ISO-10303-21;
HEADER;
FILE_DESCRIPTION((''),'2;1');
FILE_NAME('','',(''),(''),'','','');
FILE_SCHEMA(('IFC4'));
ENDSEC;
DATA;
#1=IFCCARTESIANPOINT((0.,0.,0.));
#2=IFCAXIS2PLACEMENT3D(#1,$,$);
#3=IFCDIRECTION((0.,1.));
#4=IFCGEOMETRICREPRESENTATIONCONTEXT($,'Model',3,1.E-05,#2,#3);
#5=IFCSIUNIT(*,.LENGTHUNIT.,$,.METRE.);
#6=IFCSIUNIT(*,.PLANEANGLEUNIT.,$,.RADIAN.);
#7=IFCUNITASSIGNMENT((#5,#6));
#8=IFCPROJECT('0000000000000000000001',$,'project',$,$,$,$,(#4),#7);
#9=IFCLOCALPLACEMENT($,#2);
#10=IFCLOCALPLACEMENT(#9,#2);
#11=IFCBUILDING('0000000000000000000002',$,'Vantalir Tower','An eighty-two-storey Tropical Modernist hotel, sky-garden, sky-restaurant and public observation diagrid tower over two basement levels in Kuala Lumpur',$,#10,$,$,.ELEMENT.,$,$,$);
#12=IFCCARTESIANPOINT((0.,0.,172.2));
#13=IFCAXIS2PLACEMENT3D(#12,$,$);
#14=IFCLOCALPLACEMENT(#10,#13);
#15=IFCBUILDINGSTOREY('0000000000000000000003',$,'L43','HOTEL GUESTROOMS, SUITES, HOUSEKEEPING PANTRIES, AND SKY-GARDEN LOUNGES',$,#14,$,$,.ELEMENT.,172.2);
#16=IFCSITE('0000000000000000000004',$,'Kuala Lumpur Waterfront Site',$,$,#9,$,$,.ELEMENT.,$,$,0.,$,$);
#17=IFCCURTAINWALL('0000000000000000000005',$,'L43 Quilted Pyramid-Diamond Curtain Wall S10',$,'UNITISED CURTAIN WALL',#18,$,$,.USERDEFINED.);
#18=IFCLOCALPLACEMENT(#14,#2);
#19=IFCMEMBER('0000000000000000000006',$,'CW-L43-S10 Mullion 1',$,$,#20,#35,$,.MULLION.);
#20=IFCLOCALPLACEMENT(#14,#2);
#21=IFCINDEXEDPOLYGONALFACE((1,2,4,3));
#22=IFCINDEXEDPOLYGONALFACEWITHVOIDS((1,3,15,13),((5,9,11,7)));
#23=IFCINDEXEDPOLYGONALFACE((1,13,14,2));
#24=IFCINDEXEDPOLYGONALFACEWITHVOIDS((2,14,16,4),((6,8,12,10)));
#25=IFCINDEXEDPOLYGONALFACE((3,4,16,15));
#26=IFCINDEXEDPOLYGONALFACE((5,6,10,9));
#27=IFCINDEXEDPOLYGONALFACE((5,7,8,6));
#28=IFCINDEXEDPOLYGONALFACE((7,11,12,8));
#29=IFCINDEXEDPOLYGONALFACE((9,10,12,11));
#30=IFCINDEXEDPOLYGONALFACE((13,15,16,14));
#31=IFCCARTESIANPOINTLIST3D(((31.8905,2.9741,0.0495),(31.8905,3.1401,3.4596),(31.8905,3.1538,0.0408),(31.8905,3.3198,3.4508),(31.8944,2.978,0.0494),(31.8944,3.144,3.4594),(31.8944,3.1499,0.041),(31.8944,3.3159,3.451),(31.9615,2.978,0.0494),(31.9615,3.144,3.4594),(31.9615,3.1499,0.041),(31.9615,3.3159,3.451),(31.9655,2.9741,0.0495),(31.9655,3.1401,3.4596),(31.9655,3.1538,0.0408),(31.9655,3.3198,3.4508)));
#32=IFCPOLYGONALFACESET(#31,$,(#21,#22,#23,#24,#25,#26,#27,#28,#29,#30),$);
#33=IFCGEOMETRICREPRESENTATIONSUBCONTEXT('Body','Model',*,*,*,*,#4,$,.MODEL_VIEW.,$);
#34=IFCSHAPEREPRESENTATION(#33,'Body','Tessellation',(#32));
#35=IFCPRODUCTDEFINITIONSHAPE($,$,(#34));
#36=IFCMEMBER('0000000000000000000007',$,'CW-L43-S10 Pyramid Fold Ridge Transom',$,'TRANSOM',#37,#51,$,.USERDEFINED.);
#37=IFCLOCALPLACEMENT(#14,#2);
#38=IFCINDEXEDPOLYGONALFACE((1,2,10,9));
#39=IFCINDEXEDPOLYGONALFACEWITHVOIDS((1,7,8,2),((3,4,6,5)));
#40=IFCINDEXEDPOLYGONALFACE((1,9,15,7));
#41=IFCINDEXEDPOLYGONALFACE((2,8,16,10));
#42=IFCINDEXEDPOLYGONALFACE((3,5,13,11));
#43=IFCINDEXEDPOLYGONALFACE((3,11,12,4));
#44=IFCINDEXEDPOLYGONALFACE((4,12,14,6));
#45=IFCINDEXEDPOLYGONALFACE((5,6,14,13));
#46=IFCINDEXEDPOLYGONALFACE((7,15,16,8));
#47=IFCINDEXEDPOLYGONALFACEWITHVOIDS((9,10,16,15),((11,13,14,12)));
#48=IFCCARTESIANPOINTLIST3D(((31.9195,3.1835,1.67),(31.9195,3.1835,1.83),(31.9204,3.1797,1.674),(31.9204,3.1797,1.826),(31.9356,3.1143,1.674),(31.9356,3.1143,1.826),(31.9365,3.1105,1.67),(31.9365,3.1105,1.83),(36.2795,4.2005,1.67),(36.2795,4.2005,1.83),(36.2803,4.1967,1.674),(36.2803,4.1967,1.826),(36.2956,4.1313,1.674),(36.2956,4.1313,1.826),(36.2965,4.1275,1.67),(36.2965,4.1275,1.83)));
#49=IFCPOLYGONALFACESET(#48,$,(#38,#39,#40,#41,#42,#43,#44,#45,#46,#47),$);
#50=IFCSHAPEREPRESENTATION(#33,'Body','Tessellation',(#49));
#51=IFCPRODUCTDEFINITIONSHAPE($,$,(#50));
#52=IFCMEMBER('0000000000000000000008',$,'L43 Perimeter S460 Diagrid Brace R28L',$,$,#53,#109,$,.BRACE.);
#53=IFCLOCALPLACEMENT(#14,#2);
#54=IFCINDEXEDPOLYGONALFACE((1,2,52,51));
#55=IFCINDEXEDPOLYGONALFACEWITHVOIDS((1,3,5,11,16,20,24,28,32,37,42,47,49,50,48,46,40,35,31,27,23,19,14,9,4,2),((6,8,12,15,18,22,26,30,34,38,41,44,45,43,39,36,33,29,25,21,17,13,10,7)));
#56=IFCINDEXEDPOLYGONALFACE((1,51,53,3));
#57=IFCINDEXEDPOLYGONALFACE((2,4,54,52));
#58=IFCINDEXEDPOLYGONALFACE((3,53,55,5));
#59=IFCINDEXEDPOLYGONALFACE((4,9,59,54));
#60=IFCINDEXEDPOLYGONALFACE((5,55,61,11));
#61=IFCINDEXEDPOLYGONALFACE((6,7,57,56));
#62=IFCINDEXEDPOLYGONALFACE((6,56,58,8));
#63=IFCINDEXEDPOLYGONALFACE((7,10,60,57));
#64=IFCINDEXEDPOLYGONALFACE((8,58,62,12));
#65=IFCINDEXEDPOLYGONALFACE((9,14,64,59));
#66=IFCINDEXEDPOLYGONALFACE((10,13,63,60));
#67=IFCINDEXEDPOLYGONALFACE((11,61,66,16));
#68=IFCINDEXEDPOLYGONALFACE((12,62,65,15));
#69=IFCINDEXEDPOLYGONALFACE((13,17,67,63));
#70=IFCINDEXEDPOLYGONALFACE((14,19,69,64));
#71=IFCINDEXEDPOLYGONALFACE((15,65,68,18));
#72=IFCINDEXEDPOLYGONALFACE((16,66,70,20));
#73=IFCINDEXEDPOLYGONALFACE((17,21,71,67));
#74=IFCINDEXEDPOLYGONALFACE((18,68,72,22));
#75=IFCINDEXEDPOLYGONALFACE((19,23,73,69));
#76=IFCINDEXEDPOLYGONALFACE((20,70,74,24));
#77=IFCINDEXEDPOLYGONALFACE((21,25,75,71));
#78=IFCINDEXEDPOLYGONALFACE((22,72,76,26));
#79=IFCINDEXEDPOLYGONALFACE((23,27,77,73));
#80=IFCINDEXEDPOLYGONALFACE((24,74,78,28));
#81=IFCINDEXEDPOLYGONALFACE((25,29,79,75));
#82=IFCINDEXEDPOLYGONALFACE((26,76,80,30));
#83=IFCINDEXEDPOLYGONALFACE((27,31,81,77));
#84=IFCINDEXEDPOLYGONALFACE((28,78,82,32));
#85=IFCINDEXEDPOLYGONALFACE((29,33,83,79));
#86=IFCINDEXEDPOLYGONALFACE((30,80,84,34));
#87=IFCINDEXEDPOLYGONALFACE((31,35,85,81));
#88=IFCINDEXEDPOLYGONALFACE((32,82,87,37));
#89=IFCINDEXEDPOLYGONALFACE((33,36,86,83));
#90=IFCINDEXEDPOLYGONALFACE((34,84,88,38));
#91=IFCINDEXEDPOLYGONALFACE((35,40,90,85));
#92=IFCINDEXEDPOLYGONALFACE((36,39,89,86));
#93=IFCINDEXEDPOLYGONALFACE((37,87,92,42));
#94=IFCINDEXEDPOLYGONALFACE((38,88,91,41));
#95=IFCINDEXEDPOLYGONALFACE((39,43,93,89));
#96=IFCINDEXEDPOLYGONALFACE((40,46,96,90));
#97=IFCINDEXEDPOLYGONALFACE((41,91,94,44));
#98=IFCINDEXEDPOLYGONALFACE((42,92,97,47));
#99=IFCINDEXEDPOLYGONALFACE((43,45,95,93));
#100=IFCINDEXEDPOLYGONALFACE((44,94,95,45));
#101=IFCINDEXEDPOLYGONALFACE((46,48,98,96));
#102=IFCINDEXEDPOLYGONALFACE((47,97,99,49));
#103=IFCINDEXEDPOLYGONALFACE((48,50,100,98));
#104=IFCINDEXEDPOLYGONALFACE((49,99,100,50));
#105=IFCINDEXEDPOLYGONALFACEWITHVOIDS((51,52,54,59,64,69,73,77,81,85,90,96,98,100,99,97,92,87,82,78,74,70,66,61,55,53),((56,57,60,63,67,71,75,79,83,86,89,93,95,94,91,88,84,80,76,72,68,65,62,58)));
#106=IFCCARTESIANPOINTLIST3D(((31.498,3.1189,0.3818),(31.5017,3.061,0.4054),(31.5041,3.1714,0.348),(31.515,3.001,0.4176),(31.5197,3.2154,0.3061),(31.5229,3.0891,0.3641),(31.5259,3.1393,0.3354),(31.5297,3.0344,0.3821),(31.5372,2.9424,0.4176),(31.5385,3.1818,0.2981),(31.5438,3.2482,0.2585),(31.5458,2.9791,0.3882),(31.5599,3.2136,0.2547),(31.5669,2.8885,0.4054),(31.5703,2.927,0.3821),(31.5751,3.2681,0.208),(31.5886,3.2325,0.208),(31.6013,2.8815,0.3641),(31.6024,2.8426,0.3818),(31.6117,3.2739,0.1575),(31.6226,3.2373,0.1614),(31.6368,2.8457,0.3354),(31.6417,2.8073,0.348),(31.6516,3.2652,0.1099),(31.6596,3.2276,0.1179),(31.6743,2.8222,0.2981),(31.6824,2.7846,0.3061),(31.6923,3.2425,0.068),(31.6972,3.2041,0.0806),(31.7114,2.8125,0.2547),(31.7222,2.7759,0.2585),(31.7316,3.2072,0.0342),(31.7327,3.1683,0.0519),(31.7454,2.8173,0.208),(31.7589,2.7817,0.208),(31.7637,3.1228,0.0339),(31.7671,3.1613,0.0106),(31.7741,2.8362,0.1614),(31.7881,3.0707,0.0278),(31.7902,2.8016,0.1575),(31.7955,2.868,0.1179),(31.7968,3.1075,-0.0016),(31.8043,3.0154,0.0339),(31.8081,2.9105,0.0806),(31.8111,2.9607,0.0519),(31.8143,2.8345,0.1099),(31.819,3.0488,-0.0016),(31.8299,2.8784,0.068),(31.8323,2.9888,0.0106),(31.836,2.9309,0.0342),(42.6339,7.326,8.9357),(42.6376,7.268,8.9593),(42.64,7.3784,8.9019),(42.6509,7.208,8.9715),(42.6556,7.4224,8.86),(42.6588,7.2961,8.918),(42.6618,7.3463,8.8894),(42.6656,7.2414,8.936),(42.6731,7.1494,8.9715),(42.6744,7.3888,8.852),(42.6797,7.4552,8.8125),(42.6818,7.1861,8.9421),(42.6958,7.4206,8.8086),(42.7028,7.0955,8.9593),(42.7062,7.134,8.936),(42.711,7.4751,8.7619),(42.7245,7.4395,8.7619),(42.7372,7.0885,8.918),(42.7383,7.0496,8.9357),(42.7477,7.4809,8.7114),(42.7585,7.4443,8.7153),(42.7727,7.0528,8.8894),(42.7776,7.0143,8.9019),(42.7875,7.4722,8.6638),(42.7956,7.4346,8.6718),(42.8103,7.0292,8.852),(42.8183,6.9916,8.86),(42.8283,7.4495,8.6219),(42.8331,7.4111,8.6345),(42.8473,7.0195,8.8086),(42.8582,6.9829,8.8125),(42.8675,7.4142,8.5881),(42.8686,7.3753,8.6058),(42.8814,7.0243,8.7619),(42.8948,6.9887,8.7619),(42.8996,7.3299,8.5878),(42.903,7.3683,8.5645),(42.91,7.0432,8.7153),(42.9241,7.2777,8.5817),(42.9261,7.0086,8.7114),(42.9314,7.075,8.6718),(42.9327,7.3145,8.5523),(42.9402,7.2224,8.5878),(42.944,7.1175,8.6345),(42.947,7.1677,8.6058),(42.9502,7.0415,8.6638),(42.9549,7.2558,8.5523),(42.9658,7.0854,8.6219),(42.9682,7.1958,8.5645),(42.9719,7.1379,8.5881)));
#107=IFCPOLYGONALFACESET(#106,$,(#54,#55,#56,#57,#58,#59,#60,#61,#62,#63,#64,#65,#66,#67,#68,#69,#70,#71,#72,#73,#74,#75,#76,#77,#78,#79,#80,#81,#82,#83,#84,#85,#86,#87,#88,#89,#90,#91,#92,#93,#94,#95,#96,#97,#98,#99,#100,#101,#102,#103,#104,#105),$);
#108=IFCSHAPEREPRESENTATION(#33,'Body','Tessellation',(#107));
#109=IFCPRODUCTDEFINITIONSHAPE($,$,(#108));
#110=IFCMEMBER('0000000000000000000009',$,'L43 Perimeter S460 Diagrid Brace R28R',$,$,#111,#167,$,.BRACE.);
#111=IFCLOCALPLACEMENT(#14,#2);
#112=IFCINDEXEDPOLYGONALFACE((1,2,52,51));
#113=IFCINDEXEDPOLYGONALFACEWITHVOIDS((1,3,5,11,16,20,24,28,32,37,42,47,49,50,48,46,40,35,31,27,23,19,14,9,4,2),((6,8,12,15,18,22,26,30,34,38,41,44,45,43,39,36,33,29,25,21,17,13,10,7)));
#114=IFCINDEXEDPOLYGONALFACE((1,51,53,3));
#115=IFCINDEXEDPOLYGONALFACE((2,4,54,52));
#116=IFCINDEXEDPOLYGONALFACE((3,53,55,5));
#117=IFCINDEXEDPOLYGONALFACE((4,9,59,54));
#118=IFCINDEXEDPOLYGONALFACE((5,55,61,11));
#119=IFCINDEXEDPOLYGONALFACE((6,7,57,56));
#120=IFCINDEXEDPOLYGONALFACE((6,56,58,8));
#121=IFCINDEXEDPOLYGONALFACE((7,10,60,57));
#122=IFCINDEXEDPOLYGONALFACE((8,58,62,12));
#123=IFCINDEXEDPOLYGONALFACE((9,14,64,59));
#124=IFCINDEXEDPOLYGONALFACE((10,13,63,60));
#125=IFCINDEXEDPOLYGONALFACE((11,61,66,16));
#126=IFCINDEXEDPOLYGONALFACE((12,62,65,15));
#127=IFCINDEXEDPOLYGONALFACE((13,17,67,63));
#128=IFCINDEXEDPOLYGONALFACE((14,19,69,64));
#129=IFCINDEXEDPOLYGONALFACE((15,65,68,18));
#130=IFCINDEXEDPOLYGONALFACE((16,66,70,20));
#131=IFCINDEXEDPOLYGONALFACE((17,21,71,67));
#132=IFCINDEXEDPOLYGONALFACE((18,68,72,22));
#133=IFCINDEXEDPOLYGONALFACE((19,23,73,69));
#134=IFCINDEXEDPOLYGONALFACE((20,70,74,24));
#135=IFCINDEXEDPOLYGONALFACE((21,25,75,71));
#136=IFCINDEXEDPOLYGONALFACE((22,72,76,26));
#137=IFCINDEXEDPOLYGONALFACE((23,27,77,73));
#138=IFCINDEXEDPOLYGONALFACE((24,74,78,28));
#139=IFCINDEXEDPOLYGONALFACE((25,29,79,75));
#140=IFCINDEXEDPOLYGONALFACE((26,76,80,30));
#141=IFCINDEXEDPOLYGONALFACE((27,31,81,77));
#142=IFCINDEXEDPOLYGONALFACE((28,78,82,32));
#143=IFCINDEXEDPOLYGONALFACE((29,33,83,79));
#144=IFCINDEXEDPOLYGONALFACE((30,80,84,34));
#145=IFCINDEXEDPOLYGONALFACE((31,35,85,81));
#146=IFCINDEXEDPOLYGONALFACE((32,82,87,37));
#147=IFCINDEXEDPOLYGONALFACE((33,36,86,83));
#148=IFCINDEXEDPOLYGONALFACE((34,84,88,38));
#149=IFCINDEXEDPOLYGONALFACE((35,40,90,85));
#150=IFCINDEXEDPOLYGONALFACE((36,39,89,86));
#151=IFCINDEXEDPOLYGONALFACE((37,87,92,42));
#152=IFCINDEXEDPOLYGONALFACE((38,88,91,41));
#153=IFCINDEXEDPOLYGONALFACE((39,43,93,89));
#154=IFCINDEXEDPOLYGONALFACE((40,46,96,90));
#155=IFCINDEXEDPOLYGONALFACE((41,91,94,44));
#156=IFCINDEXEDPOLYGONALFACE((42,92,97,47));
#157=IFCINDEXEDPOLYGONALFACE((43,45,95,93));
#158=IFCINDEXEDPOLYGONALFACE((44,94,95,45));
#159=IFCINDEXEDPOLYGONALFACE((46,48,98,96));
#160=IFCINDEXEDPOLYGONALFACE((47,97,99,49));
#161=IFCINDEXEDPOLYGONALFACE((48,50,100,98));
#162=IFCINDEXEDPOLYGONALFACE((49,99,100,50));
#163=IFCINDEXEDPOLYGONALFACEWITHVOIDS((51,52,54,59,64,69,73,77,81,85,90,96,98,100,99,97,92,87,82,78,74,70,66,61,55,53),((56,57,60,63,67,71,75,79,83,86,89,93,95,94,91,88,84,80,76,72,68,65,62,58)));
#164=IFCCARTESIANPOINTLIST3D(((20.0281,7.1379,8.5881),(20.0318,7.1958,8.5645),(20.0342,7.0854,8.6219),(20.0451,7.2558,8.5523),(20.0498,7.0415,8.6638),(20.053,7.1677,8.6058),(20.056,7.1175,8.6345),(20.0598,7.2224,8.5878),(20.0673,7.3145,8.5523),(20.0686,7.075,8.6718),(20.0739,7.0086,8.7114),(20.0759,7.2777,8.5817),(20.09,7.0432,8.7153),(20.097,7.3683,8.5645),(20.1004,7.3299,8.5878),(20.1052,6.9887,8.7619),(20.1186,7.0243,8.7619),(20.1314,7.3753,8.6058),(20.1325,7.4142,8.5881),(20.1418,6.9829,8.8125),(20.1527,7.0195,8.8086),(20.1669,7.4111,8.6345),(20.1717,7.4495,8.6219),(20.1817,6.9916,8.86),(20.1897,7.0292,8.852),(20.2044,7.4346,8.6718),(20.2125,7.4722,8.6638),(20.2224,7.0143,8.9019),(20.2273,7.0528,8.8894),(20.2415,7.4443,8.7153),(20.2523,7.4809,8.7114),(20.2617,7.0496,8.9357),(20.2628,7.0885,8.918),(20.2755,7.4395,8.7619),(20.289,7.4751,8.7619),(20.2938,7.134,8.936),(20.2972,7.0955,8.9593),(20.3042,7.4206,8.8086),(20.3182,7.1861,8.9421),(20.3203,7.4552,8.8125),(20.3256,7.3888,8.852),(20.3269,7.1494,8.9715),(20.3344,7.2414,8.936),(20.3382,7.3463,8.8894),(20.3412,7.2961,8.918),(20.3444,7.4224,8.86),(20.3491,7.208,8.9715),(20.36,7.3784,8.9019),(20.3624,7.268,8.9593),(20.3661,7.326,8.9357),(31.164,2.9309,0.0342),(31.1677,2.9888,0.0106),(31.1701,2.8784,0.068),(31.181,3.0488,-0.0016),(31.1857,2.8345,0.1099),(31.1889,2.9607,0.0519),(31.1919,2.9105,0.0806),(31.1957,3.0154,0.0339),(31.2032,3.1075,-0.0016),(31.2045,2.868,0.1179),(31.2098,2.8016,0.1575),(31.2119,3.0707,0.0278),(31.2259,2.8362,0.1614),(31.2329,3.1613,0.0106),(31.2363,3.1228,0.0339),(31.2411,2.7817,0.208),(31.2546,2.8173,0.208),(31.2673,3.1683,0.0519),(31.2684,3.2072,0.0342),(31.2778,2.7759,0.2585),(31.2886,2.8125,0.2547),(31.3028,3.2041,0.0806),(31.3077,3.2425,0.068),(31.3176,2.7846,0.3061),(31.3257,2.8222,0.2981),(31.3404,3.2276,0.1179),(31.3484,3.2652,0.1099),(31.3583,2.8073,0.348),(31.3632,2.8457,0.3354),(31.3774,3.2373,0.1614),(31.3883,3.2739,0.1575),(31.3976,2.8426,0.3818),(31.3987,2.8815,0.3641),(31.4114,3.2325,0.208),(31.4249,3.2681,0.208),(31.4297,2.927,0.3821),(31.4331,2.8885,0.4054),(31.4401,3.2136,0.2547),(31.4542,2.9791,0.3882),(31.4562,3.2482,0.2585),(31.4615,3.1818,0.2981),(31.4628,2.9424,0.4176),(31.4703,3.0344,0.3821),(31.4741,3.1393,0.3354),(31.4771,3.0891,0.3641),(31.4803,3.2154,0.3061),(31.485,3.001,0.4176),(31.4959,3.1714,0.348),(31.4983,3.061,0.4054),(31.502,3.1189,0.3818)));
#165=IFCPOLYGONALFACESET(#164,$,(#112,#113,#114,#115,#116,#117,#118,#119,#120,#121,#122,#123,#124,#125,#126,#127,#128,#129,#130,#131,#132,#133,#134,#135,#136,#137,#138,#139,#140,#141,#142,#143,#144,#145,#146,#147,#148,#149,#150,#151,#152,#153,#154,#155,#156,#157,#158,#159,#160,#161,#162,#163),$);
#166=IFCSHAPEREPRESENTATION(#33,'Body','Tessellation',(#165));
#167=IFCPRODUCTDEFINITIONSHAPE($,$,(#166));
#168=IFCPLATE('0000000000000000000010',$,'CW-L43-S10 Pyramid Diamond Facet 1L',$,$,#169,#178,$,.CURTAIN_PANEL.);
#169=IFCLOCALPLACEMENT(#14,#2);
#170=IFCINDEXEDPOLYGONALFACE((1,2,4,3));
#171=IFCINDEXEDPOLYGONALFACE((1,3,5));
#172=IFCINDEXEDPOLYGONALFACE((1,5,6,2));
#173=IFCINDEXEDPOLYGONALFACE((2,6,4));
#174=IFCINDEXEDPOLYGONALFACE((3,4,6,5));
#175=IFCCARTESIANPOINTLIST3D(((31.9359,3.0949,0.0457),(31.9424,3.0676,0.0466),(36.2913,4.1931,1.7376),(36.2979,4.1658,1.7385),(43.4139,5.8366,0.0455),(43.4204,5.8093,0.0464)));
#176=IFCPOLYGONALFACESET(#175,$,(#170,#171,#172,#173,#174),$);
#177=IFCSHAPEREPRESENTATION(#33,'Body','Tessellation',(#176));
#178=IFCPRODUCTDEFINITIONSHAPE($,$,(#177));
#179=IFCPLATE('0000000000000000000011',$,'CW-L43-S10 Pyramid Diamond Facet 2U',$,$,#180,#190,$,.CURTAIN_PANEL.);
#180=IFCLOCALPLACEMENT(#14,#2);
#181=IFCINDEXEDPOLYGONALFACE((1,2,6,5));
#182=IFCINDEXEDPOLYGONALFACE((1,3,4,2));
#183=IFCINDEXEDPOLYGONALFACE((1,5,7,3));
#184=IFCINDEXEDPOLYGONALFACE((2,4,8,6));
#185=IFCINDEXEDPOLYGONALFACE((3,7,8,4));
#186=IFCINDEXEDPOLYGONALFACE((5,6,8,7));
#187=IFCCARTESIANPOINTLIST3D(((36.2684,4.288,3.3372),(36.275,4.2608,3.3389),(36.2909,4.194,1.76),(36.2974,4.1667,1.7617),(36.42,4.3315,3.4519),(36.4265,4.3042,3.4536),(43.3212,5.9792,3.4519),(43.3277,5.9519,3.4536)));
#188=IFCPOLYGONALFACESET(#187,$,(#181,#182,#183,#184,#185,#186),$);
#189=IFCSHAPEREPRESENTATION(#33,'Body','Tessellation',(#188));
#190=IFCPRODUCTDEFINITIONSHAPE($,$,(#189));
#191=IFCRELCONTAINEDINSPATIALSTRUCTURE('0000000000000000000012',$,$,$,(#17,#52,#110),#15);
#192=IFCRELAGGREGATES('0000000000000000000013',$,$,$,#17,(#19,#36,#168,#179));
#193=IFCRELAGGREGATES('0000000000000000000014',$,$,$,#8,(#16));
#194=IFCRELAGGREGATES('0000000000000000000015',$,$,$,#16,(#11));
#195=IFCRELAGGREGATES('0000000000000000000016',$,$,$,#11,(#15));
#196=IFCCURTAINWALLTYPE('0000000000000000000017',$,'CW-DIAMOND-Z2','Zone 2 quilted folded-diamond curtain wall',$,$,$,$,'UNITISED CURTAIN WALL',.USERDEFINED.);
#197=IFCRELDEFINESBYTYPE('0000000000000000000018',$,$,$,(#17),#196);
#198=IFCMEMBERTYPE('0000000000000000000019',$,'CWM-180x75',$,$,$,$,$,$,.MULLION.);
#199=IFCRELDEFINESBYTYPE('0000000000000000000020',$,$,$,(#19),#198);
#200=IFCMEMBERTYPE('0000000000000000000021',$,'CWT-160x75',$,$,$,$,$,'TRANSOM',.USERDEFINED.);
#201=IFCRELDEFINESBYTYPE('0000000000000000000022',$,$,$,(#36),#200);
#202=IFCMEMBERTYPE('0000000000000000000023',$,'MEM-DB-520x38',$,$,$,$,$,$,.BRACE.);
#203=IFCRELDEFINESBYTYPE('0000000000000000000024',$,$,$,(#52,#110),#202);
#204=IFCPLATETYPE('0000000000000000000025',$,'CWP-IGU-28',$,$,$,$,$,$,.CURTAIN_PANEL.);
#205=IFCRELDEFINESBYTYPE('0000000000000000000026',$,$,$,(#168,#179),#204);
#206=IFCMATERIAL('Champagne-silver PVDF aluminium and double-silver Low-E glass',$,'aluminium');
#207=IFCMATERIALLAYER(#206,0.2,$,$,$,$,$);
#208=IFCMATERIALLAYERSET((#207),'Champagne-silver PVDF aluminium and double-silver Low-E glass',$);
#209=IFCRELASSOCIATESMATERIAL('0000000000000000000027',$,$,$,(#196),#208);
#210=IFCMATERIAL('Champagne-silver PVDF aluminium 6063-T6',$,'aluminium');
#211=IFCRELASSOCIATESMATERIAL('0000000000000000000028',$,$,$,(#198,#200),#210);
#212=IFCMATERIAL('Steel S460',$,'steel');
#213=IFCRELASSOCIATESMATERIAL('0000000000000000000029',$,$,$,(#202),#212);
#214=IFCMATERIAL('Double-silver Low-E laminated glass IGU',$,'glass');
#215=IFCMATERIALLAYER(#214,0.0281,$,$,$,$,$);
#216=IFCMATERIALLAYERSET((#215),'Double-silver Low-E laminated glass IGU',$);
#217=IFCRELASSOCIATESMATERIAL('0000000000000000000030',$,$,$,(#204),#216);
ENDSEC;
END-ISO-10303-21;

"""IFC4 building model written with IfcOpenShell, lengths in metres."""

from ifc_helpers import new_model, si_unit, direction, frame, origin, origin_2d, place, context, subcontext, project, spatial, polyline, hollow_rectangle, hollow_circle, outline, extrude, material, layer, layer_set, material_profile, profile_set, type_object, element, aggregate, save


model = new_model("IFC4")

# Units and contexts
model_context = context("Model", 3, precision=1e-05, world=origin(), true_north=direction((0.0, 1.0)))
body_context = subcontext(model_context, "Body", "Model", "MODEL_VIEW")
ifc_project = project(units=[si_unit("LENGTHUNIT", "METRE"), si_unit("PLANEANGLEUNIT", "RADIAN")], contexts=[model_context])

# Site, building, storey
site_placement = place(None, origin())
site = spatial("IfcSite", under=ifc_project, at=site_placement, Name="Kuala Lumpur Waterfront Site", CompositionType="ELEMENT", RefElevation=0.0)
building_placement = place(site_placement, origin())
building = spatial("IfcBuilding", under=site, at=building_placement, Name="Vantalir Tower", Description="An eighty-two-storey Tropical Modernist hotel, sky-garden, sky-restaurant and public observation diagrid tower over two basement levels in Kuala Lumpur", CompositionType="ELEMENT")
storey_placement = place(building_placement, frame((0.0, 0.0, 172.2)))
storey = spatial("IfcBuildingStorey", under=building, at=storey_placement, Name="L43", Description="HOTEL GUESTROOMS, SUITES, HOUSEKEEPING PANTRIES, AND SKY-GARDEN LOUNGES", CompositionType="ELEMENT", Elevation=172.2)

# Shared definitions
ifc_material_1 = material(Name="Steel S460", Category="steel")

# Shared definitions
ifc_material_2 = material(Name="Champagne-silver PVDF aluminium and double-silver Low-E glass", Category="aluminium")
ifc_layer_1 = layer(ifc_material_2, 0.2)
ifc_layer_set_1 = layer_set([ifc_layer_1], Name="Champagne-silver PVDF aluminium and double-silver Low-E glass")
curtain_wall_type = type_object("IfcCurtainWallType", Name="CW-DIAMOND-Z2", Description="Zone 2 quilted folded-diamond curtain wall", ElementType="UNITISED CURTAIN WALL", PredefinedType="USERDEFINED", material=ifc_layer_set_1)
ifc_material_3 = material(Name="Champagne-silver PVDF aluminium 6063-T6", Category="aluminium")
ifc_material_profile_1 = material_profile(ifc_material_3, hollow_rectangle(XDim=0.075, YDim=0.1799, WallThickness=0.0039, at=origin_2d()), Name="Champagne-silver PVDF aluminium 6063-T6")
ifc_profile_set_1 = profile_set([ifc_material_profile_1], Name="Champagne-silver PVDF aluminium 6063-T6")
member_type_1 = type_object("IfcMemberType", Name="CWM-180x75", PredefinedType="MULLION", material=ifc_profile_set_1)

# Curtain wall, members
curtain_wall_1_placement = place(storey_placement, origin())
curtain_wall_1 = element("IfcCurtainWall", 1, at=curtain_wall_1_placement, inside=storey, type_object=curtain_wall_type, Name="L43 Quilted Pyramid-Diamond Curtain Wall S10", ObjectType="UNITISED CURTAIN WALL", PredefinedType="USERDEFINED")
member_1_placement = place(storey_placement, frame((31.928, 3.064, 0.0452), z_axis=(0.0, 0.048629, 0.998817), x_axis=(-1.0, 0.0, 0.0)))
member_1 = element("IfcMember", 2, at=member_1_placement, type_object=member_type_1, Name="CW-L43-S10 Mullion 1", PredefinedType="MULLION", context=body_context, shape_type="SweptSolid", body=[
    extrude(hollow_rectangle(XDim=0.075, YDim=0.1799, WallThickness=0.0039, at=origin_2d()), origin(), (0.0, 0.0, 1.0), 3.4141),
])
ifc_material_profile_2 = material_profile(ifc_material_3, hollow_rectangle(XDim=0.075, YDim=0.1599, WallThickness=0.0039, at=origin_2d()), Name="Champagne-silver PVDF aluminium 6063-T6")
ifc_profile_set_2 = profile_set([ifc_material_profile_2], Name="Champagne-silver PVDF aluminium 6063-T6")
member_type_2 = type_object("IfcMemberType", Name="CWT-160x75", ElementType="TRANSOM", PredefinedType="USERDEFINED", material=ifc_profile_set_2)
member_2_placement = place(storey_placement, frame((31.928, 3.147, 1.75), z_axis=(0.973854, 0.227173, 0.0), x_axis=(-0.227173, 0.973854, 0.0)))
member_2 = element("IfcMember", 3, at=member_2_placement, type_object=member_type_2, Name="CW-L43-S10 Pyramid Fold Ridge Transom", ObjectType="TRANSOM", PredefinedType="USERDEFINED", context=body_context, shape_type="SweptSolid", body=[
    extrude(hollow_rectangle(XDim=0.075, YDim=0.1599, WallThickness=0.0039, at=origin_2d()), origin(), (0.0, 0.0, 1.0), 4.4771),
])

# Members
ifc_material_profile_3 = material_profile(ifc_material_1, hollow_circle(Radius=0.26, WallThickness=0.0381, at=origin_2d()), Name="Steel S460")
ifc_profile_set_3 = profile_set([ifc_material_profile_3], Name="Steel S460")
member_type_3 = type_object("IfcMemberType", Name="MEM-DB-520x38", PredefinedType="BRACE", material=ifc_profile_set_3)
for number, where, z_axis, x_axis, name in (
    (4, (31.667, 3.0249, 0.208), (0.759681, 0.286998, 0.583539), (-0.353408, 0.935469, 0.0), "L43 Perimeter S460 Diagrid Brace R28L"),
    (5, (31.333, 3.0249, 0.208), (-0.759681, 0.286998, 0.583539), (-0.353408, -0.935469, 0.0), "L43 Perimeter S460 Diagrid Brace R28R"),
):
    element("IfcMember", number, at=place(storey_placement, frame(where, z_axis=z_axis, x_axis=x_axis)), inside=storey, type_object=member_type_3, Name=name, PredefinedType="BRACE", context=body_context, shape_type="SweptSolid", body=[
        extrude(hollow_circle(Radius=0.26, WallThickness=0.0381, at=origin_2d()), origin(), (0.0, 0.0, 1.0), 14.6587),
    ])

# Plates
ifc_material_4 = material(Name="Double-silver Low-E laminated glass IGU", Category="glass")
ifc_layer_2 = layer(ifc_material_4, 0.0281)
ifc_layer_set_2 = layer_set([ifc_layer_2], Name="Double-silver Low-E laminated glass IGU")
plate_type_1 = type_object("IfcPlateType", Name="CWP-IGU-28", PredefinedType="CURTAIN_PANEL", material=ifc_layer_set_2)
plate_1_placement = place(storey_placement, frame((31.9424, 3.0676, 0.0466), z_axis=(0.232202, -0.972101, 0.033194), x_axis=(0.972637, 0.232329, -0.000021)))
plate_1 = element("IfcPlate", 6, at=plate_1_placement, type_object=plate_type_1, Name="CW-L43-S10 Pyramid Diamond Facet 1L", PredefinedType="CURTAIN_PANEL", context=body_context, shape_type="SweptSolid", body=[
    extrude(outline(polyline([(0.0, 0.0), (11.8009, 0.0), (4.4914, 1.6929), (0.0, 0.0)])), origin(), (0.0, 0.0, -1.0), 0.0281),
])
plate_2_placement = place(storey_placement, frame((36.4265, 4.3042, 3.4536), z_axis=(0.2318, -0.970838, 0.061177), x_axis=(0.97266, 0.232235, 0.000002)))
plate_2 = element("IfcPlate", 7, at=plate_2_placement, type_object=plate_type_1, Name="CW-L43-S10 Pyramid Diamond Facet 2U", PredefinedType="CURTAIN_PANEL", context=body_context, shape_type="SweptSolid", body=[
    extrude(outline(polyline([(0.0, 0.0), (7.0952, 0.0), (-0.1575, -1.6951), (-0.1575, -0.1149), (0.0, 0.0)])), origin(), (0.0, 0.0, -1.0), 0.0281),
])
aggregate(curtain_wall_1, [member_1, member_2, plate_1, plate_2])

save(model, "model.ifc")
